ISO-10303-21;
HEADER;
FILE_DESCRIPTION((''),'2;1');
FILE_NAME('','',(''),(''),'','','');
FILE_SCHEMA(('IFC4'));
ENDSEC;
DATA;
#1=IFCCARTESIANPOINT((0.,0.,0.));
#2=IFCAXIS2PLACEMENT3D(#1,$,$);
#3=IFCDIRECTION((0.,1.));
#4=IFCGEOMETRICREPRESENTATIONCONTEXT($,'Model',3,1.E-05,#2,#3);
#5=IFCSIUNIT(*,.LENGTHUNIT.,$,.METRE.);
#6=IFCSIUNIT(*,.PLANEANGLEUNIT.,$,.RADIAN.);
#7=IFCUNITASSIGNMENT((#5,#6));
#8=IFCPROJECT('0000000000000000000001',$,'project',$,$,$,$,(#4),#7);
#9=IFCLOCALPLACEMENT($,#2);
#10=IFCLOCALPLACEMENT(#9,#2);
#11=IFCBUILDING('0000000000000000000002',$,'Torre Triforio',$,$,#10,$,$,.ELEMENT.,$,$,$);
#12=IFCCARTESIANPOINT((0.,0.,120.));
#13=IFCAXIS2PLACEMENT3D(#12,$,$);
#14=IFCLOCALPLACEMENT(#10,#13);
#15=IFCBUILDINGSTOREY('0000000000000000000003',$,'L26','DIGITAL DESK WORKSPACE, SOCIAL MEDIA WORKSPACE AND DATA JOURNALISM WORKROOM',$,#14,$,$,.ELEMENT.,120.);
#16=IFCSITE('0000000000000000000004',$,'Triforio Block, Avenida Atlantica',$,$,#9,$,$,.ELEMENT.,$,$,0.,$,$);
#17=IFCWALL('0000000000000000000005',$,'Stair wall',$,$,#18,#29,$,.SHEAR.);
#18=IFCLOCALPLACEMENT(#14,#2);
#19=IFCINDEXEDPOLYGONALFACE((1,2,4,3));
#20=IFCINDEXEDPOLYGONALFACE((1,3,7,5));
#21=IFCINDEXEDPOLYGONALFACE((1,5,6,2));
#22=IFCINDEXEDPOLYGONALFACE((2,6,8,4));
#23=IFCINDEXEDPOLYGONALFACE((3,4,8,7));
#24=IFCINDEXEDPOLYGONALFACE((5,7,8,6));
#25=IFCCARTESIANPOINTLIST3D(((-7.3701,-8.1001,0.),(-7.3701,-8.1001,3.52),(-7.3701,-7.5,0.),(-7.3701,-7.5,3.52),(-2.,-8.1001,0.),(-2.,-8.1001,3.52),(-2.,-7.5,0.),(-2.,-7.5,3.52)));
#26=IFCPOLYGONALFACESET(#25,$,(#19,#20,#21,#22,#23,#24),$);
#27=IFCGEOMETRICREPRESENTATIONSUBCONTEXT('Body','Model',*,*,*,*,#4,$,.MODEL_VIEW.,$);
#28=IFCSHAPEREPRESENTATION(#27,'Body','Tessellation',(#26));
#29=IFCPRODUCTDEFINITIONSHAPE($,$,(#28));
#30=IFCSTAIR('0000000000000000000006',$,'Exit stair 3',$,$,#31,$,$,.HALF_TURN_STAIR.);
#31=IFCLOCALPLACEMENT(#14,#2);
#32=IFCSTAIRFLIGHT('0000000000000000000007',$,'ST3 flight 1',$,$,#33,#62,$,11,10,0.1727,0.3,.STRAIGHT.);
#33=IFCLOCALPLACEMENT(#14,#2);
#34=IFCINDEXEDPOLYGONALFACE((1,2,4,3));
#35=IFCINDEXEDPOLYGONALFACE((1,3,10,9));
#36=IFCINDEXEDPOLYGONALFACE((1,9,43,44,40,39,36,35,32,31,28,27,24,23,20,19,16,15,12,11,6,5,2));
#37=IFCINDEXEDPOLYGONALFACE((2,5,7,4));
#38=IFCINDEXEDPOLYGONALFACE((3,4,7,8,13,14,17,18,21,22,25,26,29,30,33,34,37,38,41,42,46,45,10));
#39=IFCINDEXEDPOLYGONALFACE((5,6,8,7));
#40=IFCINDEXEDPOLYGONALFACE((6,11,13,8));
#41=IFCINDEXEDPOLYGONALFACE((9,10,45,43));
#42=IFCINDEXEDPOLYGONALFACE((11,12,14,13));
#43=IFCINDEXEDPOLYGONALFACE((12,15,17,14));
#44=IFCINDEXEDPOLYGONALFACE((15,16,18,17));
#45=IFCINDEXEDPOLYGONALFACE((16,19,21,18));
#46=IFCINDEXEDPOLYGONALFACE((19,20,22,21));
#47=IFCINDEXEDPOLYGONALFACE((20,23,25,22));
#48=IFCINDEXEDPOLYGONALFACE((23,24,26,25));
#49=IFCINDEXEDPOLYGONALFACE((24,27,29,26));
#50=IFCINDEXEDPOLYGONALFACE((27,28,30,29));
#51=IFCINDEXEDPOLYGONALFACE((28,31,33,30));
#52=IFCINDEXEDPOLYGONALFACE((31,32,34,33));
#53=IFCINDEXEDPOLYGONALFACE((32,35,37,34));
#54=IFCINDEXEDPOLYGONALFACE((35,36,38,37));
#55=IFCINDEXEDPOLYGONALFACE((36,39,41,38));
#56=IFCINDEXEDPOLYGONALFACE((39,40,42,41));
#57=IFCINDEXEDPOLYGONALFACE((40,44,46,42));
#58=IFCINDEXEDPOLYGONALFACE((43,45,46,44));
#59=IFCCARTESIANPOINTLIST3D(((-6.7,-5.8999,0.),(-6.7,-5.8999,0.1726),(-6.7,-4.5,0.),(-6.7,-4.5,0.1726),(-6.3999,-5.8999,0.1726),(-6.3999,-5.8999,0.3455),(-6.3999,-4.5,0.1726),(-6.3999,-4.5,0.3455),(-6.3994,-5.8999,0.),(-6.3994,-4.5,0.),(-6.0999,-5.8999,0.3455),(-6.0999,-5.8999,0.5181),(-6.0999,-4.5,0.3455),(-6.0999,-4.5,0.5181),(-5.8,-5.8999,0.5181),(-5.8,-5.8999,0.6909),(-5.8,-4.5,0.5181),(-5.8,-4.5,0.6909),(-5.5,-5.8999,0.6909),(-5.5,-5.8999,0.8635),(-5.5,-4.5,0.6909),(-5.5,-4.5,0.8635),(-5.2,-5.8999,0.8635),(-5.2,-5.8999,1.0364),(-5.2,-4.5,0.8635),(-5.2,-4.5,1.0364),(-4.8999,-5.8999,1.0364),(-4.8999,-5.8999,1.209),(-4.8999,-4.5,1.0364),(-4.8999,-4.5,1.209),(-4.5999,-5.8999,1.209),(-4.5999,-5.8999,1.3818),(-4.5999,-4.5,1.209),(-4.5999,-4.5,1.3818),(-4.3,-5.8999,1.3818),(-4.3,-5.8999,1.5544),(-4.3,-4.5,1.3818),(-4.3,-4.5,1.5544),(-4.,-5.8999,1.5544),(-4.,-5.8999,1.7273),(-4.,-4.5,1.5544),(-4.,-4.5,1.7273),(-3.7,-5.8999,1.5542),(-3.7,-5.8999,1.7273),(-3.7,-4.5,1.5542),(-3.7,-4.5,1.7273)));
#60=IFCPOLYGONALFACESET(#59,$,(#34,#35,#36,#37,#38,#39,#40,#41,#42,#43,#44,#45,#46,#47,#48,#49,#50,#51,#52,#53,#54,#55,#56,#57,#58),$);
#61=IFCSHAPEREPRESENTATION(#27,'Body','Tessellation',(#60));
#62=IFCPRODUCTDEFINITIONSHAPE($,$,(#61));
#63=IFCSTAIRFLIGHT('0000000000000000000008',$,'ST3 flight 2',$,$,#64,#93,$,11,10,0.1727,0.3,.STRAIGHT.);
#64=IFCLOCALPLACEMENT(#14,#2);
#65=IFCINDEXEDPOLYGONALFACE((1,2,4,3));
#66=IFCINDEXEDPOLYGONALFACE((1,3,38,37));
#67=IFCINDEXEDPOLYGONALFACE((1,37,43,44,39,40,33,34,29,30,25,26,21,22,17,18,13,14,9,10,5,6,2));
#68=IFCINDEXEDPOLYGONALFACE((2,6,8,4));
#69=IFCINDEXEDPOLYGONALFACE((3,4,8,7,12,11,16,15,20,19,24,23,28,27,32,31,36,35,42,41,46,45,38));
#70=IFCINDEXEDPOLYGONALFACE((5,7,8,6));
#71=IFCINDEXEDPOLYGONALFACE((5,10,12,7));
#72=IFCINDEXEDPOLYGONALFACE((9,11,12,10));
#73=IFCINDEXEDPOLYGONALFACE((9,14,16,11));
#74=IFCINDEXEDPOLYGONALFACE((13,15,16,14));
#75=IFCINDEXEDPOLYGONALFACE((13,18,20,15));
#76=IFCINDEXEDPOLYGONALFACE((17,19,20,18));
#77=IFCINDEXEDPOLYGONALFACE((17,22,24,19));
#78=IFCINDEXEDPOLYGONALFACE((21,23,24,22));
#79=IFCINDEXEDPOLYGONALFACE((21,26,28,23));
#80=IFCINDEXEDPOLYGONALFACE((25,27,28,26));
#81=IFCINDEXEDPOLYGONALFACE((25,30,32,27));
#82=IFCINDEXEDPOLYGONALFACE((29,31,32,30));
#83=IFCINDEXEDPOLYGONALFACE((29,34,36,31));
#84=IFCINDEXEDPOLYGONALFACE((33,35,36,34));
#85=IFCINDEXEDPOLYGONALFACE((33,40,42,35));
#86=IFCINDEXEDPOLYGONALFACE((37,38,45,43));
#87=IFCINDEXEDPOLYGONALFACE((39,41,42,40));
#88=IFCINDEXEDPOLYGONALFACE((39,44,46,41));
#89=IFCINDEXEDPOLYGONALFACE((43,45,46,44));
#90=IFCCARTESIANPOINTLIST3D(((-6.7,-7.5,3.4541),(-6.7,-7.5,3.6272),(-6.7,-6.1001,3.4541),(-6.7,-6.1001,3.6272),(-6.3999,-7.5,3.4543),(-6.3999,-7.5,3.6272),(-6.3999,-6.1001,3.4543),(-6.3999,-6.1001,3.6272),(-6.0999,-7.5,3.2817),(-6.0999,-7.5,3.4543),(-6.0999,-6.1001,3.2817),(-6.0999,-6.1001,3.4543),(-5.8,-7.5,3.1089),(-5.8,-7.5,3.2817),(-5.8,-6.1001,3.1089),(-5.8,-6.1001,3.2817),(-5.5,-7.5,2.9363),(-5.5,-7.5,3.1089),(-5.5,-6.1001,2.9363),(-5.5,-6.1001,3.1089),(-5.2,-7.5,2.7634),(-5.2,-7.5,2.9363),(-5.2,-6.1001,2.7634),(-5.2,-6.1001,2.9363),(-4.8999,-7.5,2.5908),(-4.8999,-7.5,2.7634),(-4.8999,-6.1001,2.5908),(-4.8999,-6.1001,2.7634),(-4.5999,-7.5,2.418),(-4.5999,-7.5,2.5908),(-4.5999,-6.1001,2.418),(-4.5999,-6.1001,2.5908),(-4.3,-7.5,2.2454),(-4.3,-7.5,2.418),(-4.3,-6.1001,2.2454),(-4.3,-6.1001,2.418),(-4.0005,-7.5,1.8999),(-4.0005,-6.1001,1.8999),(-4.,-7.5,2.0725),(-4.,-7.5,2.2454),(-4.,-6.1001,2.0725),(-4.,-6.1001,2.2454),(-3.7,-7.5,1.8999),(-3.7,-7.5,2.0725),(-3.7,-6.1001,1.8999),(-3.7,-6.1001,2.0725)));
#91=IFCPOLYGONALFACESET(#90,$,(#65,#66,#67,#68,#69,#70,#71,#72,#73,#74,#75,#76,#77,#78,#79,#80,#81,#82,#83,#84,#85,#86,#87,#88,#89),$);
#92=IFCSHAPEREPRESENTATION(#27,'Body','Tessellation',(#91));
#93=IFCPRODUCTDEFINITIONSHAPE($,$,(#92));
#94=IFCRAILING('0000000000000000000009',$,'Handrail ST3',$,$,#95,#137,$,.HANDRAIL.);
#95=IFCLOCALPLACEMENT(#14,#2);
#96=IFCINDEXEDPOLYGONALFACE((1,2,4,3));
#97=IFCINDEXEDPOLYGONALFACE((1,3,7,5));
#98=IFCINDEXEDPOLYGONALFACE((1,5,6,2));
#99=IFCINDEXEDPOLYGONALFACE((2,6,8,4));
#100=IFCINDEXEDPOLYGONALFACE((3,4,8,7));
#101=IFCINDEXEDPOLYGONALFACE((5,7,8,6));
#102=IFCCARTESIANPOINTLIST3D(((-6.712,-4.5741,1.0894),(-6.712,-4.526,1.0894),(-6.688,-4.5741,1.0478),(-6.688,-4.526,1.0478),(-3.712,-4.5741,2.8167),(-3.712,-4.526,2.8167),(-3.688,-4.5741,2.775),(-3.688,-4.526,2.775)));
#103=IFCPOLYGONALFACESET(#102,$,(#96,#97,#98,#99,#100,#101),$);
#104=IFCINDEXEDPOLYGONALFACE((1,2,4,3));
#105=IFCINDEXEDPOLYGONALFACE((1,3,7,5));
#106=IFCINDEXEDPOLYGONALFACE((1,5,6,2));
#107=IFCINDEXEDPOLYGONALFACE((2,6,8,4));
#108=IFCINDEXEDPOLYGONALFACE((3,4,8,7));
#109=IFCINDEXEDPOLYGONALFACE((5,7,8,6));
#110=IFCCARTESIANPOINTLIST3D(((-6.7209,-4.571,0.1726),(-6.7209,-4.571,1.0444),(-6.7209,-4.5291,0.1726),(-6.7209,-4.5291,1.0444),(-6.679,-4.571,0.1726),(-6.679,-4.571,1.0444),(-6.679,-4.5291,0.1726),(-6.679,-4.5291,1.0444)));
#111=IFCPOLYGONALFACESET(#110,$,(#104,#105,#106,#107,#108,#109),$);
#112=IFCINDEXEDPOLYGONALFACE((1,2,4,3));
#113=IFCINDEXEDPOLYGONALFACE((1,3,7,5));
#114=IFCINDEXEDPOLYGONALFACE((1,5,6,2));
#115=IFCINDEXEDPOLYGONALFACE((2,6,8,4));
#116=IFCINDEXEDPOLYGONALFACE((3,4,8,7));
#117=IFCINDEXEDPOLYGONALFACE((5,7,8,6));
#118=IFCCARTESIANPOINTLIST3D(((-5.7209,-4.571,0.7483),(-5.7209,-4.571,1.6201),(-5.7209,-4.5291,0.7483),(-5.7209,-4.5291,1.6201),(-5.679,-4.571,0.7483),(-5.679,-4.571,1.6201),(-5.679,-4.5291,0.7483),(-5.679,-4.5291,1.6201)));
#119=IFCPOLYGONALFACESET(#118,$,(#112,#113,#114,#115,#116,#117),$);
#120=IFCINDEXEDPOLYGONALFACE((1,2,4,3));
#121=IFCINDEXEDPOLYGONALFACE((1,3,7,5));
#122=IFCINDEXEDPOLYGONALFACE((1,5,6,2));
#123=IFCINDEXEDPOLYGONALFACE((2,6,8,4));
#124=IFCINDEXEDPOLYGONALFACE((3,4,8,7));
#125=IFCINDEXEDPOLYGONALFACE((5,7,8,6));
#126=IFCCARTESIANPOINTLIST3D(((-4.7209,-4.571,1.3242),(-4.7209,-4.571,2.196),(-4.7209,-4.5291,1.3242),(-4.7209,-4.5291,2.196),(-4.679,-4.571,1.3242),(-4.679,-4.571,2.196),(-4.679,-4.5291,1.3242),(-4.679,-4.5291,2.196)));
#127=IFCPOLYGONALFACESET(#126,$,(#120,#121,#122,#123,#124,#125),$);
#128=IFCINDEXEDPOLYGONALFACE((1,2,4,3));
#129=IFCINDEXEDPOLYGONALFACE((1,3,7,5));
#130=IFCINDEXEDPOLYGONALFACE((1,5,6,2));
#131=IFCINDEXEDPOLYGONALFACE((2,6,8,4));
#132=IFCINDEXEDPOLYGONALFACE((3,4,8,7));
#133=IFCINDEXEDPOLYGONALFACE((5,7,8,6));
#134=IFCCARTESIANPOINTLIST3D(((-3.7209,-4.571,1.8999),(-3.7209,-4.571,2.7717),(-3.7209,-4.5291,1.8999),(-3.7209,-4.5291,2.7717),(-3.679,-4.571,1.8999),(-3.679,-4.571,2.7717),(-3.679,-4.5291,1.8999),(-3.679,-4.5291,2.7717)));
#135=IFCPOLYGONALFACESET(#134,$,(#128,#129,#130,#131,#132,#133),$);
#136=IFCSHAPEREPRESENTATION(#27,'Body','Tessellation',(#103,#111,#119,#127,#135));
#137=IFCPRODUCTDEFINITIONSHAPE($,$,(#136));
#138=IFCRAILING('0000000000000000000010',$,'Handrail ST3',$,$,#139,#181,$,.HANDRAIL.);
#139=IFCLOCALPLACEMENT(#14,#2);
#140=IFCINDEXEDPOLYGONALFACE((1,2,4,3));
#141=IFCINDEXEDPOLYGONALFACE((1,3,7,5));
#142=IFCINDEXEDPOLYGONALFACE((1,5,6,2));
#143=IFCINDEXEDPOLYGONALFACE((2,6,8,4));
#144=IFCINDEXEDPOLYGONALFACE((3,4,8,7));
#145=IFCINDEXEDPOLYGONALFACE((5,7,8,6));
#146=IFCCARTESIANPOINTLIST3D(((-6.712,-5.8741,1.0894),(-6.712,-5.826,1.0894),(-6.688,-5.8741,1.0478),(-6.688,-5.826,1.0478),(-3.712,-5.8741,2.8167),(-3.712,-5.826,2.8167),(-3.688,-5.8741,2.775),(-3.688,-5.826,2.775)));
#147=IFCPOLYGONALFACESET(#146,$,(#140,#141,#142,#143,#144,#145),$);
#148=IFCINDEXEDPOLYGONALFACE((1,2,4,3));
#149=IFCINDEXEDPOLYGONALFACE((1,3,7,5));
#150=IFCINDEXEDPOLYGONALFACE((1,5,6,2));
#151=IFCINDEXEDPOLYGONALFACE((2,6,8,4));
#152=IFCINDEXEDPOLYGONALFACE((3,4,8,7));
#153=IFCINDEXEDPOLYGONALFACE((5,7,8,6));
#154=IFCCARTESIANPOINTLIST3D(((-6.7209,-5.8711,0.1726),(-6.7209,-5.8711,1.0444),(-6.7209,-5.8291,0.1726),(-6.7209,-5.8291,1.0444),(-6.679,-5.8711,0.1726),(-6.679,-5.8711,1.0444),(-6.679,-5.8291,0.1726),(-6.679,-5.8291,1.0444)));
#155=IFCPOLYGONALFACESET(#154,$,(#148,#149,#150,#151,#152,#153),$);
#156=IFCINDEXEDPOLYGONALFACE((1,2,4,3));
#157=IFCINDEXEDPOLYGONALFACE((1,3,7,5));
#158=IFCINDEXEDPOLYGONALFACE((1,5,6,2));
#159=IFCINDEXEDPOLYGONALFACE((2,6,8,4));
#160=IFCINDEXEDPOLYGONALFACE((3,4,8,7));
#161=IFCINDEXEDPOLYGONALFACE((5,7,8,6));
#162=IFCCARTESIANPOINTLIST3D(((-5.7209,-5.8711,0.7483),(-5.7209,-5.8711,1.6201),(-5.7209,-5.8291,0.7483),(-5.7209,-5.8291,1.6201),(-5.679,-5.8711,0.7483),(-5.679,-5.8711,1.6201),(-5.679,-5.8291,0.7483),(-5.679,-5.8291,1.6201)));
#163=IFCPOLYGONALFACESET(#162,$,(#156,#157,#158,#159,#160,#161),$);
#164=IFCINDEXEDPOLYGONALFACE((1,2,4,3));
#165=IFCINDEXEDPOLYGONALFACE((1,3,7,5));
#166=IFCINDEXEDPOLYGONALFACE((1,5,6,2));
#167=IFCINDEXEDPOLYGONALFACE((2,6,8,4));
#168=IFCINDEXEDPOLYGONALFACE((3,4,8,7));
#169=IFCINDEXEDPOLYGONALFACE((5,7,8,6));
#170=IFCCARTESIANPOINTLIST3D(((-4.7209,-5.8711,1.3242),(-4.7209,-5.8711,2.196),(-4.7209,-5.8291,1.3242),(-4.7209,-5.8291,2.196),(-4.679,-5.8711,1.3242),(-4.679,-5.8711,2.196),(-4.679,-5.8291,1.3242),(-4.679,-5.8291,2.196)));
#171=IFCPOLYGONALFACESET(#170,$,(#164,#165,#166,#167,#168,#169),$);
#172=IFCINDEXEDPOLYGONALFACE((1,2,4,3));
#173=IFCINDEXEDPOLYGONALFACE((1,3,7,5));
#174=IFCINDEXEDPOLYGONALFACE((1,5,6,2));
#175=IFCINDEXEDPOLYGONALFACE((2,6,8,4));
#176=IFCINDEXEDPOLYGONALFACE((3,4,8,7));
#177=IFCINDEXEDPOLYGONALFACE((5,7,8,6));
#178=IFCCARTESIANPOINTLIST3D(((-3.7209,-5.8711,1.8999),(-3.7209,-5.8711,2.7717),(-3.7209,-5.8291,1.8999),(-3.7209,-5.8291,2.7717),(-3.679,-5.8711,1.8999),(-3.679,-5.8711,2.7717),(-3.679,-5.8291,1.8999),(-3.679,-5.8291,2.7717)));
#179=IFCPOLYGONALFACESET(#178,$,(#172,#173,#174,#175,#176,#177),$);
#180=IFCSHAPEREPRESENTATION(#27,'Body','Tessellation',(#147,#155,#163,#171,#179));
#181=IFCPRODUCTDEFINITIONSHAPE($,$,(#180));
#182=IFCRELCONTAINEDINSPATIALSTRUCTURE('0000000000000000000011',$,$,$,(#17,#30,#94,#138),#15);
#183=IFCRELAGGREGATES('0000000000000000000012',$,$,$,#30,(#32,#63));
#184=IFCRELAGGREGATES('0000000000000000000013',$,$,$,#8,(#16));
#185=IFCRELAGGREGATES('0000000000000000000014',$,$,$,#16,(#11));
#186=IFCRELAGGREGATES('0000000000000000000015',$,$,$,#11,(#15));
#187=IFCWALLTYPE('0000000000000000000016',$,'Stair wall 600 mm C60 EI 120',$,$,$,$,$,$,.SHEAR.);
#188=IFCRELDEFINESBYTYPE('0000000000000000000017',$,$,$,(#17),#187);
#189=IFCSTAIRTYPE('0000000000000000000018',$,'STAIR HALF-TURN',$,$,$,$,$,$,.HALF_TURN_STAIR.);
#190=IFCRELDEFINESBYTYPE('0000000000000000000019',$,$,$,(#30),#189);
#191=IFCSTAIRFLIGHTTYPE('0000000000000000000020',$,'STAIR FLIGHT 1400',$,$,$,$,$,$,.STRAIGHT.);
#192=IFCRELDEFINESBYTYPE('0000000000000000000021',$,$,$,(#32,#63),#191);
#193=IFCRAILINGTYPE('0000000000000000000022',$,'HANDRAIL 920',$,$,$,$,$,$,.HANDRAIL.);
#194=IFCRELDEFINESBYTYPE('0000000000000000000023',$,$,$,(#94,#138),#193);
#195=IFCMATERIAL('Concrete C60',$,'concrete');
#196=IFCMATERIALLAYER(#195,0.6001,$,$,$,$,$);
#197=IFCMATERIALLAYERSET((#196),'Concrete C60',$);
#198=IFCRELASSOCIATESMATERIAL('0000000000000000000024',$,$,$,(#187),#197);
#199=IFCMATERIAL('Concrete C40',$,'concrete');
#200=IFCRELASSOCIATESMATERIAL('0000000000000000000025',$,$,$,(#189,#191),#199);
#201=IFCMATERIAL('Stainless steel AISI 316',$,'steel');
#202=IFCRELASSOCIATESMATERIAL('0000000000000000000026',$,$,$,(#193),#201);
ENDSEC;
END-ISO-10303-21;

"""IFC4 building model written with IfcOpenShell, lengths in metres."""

from ifc_helpers import new_model, si_unit, direction, frame, frame_2d, origin, origin_2d, place, context, subcontext, project, spatial, polyline, rectangle, outline, extrude, material, layer, layer_set, type_object, element, aggregate, save


model = new_model("IFC4")

# Units and contexts
model_context = context("Model", 3, precision=1e-05, world=origin(), true_north=direction((0.0, 1.0)))
body_context = subcontext(model_context, "Body", "Model", "MODEL_VIEW")
ifc_project = project(units=[si_unit("LENGTHUNIT", "METRE"), si_unit("PLANEANGLEUNIT", "RADIAN")], contexts=[model_context])

# Site, building, storey
site_placement = place(None, origin())
site = spatial("IfcSite", under=ifc_project, at=site_placement, Name="Triforio Block, Avenida Atlantica", CompositionType="ELEMENT", RefElevation=0.0)
building_placement = place(site_placement, origin())
building = spatial("IfcBuilding", under=site, at=building_placement, Name="Torre Triforio", CompositionType="ELEMENT")
storey_placement = place(building_placement, frame((0.0, 0.0, 120.0)))
storey = spatial("IfcBuildingStorey", under=building, at=storey_placement, Name="L26", Description="DIGITAL DESK WORKSPACE, SOCIAL MEDIA WORKSPACE AND DATA JOURNALISM WORKROOM", CompositionType="ELEMENT", Elevation=120.0)

# Shared definitions
ifc_material_1 = material(Name="Concrete C60", Category="concrete")

# Wall
ifc_layer_1 = layer(ifc_material_1, 0.6001)
ifc_layer_set_1 = layer_set([ifc_layer_1], Name="Concrete C60")
wall_type_1 = type_object("IfcWallType", Name="Stair wall 600 mm C60 EI 120", PredefinedType="SHEAR", material=ifc_layer_set_1)
wall_1_placement = place(storey_placement, frame((-7.3701, -7.8, 0.0), z_axis=(0.0, 0.0, 1.0), x_axis=(1.0, 0.0, 0.0)))
element("IfcWall", 1, at=wall_1_placement, inside=storey, type_object=wall_type_1, Name="Stair wall", PredefinedType="SHEAR", context=body_context, shape_type="SweptSolid", body=[
    extrude(rectangle(XDim=5.3701, YDim=0.6001, at=frame_2d((2.6851, 0.0))), origin(), (0.0, 0.0, 1.0), 3.52),
])

# Stair, stair flights
ifc_material_2 = material(Name="Concrete C40", Category="concrete")
stair_type = type_object("IfcStairType", Name="STAIR HALF-TURN", PredefinedType="HALF_TURN_STAIR", material=ifc_material_2)
stair_placement = place(storey_placement, origin())
stair = element("IfcStair", 2, at=stair_placement, inside=storey, type_object=stair_type, Name="Exit stair 3", PredefinedType="HALF_TURN_STAIR")
stair_flight_type = type_object("IfcStairFlightType", Name="STAIR FLIGHT 1400", PredefinedType="STRAIGHT", material=ifc_material_2)
stair_flight_1_placement = place(storey_placement, frame((-6.7, -5.2, 0.0), z_axis=(0.0, 0.0, 1.0), x_axis=(1.0, 0.0, 0.0)))
stair_flight_1 = element("IfcStairFlight", 3, at=stair_flight_1_placement, type_object=stair_flight_type, Name="ST3 flight 1", NumberOfRisers=11, NumberOfTreads=10, PredefinedType="STRAIGHT", RiserHeight=0.1727, TreadLength=0.3, context=body_context, shape_type="SweptSolid", body=[
    extrude(outline(polyline([(0.0, 0.0), (0.0, 0.1726), (0.3, 0.1726), (0.3, 0.3455), (0.6001, 0.3455), (0.6001, 0.5181), (0.8999, 0.5181), (0.8999, 0.6909), (1.2, 0.6909), (1.2, 0.8635), (1.5, 0.8635), (1.5, 1.0364), (1.8, 1.0364), (1.8, 1.209), (2.1001, 1.209), (2.1001, 1.3818), (2.3999, 1.3818), (2.3999, 1.5544), (2.7, 1.5544), (2.7, 1.7273), (3.0, 1.7273), (3.0, 1.8999), (3.0, 1.5542), (0.3005, 0.0), (0.0, 0.0)])), frame((0.0, 0.7, 0.0), z_axis=(0.0, -1.0, 0.0), x_axis=(1.0, 0.0, 0.0)), (0.0, 0.0, 1.0), 1.3999),
])
stair_flight_2_placement = place(storey_placement, frame((-3.7, -6.8, 1.8999), z_axis=(0.0, 0.0, 1.0), x_axis=(-1.0, 0.0, 0.0)))
stair_flight_2 = element("IfcStairFlight", 4, at=stair_flight_2_placement, type_object=stair_flight_type, Name="ST3 flight 2", NumberOfRisers=11, NumberOfTreads=10, PredefinedType="STRAIGHT", RiserHeight=0.1727, TreadLength=0.3, context=body_context, shape_type="SweptSolid", body=[
    extrude(outline(polyline([(0.0, 0.0), (0.0, 0.1726), (0.3, 0.1726), (0.3, 0.3455), (0.6001, 0.3455), (0.6001, 0.5181), (0.8999, 0.5181), (0.8999, 0.6909), (1.2, 0.6909), (1.2, 0.8635), (1.5, 0.8635), (1.5, 1.0364), (1.8, 1.0364), (1.8, 1.209), (2.1001, 1.209), (2.1001, 1.3818), (2.3999, 1.3818), (2.3999, 1.5544), (2.7, 1.5544), (2.7, 1.7273), (3.0, 1.7273), (3.0, 1.8999), (3.0, 1.5542), (0.3005, 0.0), (0.0, 0.0)])), frame((0.0, 0.7, 0.0), z_axis=(0.0, -1.0, 0.0), x_axis=(1.0, 0.0, 0.0)), (0.0, 0.0, 1.0), 1.3999),
])
aggregate(stair, [stair_flight_1, stair_flight_2])

# Railings
ifc_material_3 = material(Name="Stainless steel AISI 316", Category="steel")
railing_type = type_object("IfcRailingType", Name="HANDRAIL 920", PredefinedType="HANDRAIL", material=ifc_material_3)
for number, where, name in (
    (5, (-6.7, -4.55, 0.1726), "Handrail ST3"),
    (6, (-6.7, -5.8501, 0.1726), "Handrail ST3"),
):
    element("IfcRailing", number, at=place(storey_placement, frame(where)), inside=storey, type_object=railing_type, Name=name, PredefinedType="HANDRAIL", context=body_context, shape_type="SweptSolid", body=[
        extrude(rectangle(XDim=0.0481, YDim=0.0481, at=origin_2d()), frame((0.0, 0.0, 0.896), z_axis=(0.86662, 0.0, 0.498969), x_axis=(0.0, 1.0, 0.0)), (0.0, 0.0, 1.0), 3.4617),
        extrude(rectangle(XDim=0.042, YDim=0.042, at=origin_2d()), origin(), (0.0, 0.0, 1.0), 0.8718),
        extrude(rectangle(XDim=0.042, YDim=0.042, at=origin_2d()), frame((1.0, 0.0, 0.5757)), (0.0, 0.0, 1.0), 0.8718),
        extrude(rectangle(XDim=0.042, YDim=0.042, at=origin_2d()), frame((2.0, 0.0, 1.1516)), (0.0, 0.0, 1.0), 0.8718),
        extrude(rectangle(XDim=0.042, YDim=0.042, at=origin_2d()), frame((3.0, 0.0, 1.7273)), (0.0, 0.0, 1.0), 0.8718),
    ])

save(model, "model.ifc")
